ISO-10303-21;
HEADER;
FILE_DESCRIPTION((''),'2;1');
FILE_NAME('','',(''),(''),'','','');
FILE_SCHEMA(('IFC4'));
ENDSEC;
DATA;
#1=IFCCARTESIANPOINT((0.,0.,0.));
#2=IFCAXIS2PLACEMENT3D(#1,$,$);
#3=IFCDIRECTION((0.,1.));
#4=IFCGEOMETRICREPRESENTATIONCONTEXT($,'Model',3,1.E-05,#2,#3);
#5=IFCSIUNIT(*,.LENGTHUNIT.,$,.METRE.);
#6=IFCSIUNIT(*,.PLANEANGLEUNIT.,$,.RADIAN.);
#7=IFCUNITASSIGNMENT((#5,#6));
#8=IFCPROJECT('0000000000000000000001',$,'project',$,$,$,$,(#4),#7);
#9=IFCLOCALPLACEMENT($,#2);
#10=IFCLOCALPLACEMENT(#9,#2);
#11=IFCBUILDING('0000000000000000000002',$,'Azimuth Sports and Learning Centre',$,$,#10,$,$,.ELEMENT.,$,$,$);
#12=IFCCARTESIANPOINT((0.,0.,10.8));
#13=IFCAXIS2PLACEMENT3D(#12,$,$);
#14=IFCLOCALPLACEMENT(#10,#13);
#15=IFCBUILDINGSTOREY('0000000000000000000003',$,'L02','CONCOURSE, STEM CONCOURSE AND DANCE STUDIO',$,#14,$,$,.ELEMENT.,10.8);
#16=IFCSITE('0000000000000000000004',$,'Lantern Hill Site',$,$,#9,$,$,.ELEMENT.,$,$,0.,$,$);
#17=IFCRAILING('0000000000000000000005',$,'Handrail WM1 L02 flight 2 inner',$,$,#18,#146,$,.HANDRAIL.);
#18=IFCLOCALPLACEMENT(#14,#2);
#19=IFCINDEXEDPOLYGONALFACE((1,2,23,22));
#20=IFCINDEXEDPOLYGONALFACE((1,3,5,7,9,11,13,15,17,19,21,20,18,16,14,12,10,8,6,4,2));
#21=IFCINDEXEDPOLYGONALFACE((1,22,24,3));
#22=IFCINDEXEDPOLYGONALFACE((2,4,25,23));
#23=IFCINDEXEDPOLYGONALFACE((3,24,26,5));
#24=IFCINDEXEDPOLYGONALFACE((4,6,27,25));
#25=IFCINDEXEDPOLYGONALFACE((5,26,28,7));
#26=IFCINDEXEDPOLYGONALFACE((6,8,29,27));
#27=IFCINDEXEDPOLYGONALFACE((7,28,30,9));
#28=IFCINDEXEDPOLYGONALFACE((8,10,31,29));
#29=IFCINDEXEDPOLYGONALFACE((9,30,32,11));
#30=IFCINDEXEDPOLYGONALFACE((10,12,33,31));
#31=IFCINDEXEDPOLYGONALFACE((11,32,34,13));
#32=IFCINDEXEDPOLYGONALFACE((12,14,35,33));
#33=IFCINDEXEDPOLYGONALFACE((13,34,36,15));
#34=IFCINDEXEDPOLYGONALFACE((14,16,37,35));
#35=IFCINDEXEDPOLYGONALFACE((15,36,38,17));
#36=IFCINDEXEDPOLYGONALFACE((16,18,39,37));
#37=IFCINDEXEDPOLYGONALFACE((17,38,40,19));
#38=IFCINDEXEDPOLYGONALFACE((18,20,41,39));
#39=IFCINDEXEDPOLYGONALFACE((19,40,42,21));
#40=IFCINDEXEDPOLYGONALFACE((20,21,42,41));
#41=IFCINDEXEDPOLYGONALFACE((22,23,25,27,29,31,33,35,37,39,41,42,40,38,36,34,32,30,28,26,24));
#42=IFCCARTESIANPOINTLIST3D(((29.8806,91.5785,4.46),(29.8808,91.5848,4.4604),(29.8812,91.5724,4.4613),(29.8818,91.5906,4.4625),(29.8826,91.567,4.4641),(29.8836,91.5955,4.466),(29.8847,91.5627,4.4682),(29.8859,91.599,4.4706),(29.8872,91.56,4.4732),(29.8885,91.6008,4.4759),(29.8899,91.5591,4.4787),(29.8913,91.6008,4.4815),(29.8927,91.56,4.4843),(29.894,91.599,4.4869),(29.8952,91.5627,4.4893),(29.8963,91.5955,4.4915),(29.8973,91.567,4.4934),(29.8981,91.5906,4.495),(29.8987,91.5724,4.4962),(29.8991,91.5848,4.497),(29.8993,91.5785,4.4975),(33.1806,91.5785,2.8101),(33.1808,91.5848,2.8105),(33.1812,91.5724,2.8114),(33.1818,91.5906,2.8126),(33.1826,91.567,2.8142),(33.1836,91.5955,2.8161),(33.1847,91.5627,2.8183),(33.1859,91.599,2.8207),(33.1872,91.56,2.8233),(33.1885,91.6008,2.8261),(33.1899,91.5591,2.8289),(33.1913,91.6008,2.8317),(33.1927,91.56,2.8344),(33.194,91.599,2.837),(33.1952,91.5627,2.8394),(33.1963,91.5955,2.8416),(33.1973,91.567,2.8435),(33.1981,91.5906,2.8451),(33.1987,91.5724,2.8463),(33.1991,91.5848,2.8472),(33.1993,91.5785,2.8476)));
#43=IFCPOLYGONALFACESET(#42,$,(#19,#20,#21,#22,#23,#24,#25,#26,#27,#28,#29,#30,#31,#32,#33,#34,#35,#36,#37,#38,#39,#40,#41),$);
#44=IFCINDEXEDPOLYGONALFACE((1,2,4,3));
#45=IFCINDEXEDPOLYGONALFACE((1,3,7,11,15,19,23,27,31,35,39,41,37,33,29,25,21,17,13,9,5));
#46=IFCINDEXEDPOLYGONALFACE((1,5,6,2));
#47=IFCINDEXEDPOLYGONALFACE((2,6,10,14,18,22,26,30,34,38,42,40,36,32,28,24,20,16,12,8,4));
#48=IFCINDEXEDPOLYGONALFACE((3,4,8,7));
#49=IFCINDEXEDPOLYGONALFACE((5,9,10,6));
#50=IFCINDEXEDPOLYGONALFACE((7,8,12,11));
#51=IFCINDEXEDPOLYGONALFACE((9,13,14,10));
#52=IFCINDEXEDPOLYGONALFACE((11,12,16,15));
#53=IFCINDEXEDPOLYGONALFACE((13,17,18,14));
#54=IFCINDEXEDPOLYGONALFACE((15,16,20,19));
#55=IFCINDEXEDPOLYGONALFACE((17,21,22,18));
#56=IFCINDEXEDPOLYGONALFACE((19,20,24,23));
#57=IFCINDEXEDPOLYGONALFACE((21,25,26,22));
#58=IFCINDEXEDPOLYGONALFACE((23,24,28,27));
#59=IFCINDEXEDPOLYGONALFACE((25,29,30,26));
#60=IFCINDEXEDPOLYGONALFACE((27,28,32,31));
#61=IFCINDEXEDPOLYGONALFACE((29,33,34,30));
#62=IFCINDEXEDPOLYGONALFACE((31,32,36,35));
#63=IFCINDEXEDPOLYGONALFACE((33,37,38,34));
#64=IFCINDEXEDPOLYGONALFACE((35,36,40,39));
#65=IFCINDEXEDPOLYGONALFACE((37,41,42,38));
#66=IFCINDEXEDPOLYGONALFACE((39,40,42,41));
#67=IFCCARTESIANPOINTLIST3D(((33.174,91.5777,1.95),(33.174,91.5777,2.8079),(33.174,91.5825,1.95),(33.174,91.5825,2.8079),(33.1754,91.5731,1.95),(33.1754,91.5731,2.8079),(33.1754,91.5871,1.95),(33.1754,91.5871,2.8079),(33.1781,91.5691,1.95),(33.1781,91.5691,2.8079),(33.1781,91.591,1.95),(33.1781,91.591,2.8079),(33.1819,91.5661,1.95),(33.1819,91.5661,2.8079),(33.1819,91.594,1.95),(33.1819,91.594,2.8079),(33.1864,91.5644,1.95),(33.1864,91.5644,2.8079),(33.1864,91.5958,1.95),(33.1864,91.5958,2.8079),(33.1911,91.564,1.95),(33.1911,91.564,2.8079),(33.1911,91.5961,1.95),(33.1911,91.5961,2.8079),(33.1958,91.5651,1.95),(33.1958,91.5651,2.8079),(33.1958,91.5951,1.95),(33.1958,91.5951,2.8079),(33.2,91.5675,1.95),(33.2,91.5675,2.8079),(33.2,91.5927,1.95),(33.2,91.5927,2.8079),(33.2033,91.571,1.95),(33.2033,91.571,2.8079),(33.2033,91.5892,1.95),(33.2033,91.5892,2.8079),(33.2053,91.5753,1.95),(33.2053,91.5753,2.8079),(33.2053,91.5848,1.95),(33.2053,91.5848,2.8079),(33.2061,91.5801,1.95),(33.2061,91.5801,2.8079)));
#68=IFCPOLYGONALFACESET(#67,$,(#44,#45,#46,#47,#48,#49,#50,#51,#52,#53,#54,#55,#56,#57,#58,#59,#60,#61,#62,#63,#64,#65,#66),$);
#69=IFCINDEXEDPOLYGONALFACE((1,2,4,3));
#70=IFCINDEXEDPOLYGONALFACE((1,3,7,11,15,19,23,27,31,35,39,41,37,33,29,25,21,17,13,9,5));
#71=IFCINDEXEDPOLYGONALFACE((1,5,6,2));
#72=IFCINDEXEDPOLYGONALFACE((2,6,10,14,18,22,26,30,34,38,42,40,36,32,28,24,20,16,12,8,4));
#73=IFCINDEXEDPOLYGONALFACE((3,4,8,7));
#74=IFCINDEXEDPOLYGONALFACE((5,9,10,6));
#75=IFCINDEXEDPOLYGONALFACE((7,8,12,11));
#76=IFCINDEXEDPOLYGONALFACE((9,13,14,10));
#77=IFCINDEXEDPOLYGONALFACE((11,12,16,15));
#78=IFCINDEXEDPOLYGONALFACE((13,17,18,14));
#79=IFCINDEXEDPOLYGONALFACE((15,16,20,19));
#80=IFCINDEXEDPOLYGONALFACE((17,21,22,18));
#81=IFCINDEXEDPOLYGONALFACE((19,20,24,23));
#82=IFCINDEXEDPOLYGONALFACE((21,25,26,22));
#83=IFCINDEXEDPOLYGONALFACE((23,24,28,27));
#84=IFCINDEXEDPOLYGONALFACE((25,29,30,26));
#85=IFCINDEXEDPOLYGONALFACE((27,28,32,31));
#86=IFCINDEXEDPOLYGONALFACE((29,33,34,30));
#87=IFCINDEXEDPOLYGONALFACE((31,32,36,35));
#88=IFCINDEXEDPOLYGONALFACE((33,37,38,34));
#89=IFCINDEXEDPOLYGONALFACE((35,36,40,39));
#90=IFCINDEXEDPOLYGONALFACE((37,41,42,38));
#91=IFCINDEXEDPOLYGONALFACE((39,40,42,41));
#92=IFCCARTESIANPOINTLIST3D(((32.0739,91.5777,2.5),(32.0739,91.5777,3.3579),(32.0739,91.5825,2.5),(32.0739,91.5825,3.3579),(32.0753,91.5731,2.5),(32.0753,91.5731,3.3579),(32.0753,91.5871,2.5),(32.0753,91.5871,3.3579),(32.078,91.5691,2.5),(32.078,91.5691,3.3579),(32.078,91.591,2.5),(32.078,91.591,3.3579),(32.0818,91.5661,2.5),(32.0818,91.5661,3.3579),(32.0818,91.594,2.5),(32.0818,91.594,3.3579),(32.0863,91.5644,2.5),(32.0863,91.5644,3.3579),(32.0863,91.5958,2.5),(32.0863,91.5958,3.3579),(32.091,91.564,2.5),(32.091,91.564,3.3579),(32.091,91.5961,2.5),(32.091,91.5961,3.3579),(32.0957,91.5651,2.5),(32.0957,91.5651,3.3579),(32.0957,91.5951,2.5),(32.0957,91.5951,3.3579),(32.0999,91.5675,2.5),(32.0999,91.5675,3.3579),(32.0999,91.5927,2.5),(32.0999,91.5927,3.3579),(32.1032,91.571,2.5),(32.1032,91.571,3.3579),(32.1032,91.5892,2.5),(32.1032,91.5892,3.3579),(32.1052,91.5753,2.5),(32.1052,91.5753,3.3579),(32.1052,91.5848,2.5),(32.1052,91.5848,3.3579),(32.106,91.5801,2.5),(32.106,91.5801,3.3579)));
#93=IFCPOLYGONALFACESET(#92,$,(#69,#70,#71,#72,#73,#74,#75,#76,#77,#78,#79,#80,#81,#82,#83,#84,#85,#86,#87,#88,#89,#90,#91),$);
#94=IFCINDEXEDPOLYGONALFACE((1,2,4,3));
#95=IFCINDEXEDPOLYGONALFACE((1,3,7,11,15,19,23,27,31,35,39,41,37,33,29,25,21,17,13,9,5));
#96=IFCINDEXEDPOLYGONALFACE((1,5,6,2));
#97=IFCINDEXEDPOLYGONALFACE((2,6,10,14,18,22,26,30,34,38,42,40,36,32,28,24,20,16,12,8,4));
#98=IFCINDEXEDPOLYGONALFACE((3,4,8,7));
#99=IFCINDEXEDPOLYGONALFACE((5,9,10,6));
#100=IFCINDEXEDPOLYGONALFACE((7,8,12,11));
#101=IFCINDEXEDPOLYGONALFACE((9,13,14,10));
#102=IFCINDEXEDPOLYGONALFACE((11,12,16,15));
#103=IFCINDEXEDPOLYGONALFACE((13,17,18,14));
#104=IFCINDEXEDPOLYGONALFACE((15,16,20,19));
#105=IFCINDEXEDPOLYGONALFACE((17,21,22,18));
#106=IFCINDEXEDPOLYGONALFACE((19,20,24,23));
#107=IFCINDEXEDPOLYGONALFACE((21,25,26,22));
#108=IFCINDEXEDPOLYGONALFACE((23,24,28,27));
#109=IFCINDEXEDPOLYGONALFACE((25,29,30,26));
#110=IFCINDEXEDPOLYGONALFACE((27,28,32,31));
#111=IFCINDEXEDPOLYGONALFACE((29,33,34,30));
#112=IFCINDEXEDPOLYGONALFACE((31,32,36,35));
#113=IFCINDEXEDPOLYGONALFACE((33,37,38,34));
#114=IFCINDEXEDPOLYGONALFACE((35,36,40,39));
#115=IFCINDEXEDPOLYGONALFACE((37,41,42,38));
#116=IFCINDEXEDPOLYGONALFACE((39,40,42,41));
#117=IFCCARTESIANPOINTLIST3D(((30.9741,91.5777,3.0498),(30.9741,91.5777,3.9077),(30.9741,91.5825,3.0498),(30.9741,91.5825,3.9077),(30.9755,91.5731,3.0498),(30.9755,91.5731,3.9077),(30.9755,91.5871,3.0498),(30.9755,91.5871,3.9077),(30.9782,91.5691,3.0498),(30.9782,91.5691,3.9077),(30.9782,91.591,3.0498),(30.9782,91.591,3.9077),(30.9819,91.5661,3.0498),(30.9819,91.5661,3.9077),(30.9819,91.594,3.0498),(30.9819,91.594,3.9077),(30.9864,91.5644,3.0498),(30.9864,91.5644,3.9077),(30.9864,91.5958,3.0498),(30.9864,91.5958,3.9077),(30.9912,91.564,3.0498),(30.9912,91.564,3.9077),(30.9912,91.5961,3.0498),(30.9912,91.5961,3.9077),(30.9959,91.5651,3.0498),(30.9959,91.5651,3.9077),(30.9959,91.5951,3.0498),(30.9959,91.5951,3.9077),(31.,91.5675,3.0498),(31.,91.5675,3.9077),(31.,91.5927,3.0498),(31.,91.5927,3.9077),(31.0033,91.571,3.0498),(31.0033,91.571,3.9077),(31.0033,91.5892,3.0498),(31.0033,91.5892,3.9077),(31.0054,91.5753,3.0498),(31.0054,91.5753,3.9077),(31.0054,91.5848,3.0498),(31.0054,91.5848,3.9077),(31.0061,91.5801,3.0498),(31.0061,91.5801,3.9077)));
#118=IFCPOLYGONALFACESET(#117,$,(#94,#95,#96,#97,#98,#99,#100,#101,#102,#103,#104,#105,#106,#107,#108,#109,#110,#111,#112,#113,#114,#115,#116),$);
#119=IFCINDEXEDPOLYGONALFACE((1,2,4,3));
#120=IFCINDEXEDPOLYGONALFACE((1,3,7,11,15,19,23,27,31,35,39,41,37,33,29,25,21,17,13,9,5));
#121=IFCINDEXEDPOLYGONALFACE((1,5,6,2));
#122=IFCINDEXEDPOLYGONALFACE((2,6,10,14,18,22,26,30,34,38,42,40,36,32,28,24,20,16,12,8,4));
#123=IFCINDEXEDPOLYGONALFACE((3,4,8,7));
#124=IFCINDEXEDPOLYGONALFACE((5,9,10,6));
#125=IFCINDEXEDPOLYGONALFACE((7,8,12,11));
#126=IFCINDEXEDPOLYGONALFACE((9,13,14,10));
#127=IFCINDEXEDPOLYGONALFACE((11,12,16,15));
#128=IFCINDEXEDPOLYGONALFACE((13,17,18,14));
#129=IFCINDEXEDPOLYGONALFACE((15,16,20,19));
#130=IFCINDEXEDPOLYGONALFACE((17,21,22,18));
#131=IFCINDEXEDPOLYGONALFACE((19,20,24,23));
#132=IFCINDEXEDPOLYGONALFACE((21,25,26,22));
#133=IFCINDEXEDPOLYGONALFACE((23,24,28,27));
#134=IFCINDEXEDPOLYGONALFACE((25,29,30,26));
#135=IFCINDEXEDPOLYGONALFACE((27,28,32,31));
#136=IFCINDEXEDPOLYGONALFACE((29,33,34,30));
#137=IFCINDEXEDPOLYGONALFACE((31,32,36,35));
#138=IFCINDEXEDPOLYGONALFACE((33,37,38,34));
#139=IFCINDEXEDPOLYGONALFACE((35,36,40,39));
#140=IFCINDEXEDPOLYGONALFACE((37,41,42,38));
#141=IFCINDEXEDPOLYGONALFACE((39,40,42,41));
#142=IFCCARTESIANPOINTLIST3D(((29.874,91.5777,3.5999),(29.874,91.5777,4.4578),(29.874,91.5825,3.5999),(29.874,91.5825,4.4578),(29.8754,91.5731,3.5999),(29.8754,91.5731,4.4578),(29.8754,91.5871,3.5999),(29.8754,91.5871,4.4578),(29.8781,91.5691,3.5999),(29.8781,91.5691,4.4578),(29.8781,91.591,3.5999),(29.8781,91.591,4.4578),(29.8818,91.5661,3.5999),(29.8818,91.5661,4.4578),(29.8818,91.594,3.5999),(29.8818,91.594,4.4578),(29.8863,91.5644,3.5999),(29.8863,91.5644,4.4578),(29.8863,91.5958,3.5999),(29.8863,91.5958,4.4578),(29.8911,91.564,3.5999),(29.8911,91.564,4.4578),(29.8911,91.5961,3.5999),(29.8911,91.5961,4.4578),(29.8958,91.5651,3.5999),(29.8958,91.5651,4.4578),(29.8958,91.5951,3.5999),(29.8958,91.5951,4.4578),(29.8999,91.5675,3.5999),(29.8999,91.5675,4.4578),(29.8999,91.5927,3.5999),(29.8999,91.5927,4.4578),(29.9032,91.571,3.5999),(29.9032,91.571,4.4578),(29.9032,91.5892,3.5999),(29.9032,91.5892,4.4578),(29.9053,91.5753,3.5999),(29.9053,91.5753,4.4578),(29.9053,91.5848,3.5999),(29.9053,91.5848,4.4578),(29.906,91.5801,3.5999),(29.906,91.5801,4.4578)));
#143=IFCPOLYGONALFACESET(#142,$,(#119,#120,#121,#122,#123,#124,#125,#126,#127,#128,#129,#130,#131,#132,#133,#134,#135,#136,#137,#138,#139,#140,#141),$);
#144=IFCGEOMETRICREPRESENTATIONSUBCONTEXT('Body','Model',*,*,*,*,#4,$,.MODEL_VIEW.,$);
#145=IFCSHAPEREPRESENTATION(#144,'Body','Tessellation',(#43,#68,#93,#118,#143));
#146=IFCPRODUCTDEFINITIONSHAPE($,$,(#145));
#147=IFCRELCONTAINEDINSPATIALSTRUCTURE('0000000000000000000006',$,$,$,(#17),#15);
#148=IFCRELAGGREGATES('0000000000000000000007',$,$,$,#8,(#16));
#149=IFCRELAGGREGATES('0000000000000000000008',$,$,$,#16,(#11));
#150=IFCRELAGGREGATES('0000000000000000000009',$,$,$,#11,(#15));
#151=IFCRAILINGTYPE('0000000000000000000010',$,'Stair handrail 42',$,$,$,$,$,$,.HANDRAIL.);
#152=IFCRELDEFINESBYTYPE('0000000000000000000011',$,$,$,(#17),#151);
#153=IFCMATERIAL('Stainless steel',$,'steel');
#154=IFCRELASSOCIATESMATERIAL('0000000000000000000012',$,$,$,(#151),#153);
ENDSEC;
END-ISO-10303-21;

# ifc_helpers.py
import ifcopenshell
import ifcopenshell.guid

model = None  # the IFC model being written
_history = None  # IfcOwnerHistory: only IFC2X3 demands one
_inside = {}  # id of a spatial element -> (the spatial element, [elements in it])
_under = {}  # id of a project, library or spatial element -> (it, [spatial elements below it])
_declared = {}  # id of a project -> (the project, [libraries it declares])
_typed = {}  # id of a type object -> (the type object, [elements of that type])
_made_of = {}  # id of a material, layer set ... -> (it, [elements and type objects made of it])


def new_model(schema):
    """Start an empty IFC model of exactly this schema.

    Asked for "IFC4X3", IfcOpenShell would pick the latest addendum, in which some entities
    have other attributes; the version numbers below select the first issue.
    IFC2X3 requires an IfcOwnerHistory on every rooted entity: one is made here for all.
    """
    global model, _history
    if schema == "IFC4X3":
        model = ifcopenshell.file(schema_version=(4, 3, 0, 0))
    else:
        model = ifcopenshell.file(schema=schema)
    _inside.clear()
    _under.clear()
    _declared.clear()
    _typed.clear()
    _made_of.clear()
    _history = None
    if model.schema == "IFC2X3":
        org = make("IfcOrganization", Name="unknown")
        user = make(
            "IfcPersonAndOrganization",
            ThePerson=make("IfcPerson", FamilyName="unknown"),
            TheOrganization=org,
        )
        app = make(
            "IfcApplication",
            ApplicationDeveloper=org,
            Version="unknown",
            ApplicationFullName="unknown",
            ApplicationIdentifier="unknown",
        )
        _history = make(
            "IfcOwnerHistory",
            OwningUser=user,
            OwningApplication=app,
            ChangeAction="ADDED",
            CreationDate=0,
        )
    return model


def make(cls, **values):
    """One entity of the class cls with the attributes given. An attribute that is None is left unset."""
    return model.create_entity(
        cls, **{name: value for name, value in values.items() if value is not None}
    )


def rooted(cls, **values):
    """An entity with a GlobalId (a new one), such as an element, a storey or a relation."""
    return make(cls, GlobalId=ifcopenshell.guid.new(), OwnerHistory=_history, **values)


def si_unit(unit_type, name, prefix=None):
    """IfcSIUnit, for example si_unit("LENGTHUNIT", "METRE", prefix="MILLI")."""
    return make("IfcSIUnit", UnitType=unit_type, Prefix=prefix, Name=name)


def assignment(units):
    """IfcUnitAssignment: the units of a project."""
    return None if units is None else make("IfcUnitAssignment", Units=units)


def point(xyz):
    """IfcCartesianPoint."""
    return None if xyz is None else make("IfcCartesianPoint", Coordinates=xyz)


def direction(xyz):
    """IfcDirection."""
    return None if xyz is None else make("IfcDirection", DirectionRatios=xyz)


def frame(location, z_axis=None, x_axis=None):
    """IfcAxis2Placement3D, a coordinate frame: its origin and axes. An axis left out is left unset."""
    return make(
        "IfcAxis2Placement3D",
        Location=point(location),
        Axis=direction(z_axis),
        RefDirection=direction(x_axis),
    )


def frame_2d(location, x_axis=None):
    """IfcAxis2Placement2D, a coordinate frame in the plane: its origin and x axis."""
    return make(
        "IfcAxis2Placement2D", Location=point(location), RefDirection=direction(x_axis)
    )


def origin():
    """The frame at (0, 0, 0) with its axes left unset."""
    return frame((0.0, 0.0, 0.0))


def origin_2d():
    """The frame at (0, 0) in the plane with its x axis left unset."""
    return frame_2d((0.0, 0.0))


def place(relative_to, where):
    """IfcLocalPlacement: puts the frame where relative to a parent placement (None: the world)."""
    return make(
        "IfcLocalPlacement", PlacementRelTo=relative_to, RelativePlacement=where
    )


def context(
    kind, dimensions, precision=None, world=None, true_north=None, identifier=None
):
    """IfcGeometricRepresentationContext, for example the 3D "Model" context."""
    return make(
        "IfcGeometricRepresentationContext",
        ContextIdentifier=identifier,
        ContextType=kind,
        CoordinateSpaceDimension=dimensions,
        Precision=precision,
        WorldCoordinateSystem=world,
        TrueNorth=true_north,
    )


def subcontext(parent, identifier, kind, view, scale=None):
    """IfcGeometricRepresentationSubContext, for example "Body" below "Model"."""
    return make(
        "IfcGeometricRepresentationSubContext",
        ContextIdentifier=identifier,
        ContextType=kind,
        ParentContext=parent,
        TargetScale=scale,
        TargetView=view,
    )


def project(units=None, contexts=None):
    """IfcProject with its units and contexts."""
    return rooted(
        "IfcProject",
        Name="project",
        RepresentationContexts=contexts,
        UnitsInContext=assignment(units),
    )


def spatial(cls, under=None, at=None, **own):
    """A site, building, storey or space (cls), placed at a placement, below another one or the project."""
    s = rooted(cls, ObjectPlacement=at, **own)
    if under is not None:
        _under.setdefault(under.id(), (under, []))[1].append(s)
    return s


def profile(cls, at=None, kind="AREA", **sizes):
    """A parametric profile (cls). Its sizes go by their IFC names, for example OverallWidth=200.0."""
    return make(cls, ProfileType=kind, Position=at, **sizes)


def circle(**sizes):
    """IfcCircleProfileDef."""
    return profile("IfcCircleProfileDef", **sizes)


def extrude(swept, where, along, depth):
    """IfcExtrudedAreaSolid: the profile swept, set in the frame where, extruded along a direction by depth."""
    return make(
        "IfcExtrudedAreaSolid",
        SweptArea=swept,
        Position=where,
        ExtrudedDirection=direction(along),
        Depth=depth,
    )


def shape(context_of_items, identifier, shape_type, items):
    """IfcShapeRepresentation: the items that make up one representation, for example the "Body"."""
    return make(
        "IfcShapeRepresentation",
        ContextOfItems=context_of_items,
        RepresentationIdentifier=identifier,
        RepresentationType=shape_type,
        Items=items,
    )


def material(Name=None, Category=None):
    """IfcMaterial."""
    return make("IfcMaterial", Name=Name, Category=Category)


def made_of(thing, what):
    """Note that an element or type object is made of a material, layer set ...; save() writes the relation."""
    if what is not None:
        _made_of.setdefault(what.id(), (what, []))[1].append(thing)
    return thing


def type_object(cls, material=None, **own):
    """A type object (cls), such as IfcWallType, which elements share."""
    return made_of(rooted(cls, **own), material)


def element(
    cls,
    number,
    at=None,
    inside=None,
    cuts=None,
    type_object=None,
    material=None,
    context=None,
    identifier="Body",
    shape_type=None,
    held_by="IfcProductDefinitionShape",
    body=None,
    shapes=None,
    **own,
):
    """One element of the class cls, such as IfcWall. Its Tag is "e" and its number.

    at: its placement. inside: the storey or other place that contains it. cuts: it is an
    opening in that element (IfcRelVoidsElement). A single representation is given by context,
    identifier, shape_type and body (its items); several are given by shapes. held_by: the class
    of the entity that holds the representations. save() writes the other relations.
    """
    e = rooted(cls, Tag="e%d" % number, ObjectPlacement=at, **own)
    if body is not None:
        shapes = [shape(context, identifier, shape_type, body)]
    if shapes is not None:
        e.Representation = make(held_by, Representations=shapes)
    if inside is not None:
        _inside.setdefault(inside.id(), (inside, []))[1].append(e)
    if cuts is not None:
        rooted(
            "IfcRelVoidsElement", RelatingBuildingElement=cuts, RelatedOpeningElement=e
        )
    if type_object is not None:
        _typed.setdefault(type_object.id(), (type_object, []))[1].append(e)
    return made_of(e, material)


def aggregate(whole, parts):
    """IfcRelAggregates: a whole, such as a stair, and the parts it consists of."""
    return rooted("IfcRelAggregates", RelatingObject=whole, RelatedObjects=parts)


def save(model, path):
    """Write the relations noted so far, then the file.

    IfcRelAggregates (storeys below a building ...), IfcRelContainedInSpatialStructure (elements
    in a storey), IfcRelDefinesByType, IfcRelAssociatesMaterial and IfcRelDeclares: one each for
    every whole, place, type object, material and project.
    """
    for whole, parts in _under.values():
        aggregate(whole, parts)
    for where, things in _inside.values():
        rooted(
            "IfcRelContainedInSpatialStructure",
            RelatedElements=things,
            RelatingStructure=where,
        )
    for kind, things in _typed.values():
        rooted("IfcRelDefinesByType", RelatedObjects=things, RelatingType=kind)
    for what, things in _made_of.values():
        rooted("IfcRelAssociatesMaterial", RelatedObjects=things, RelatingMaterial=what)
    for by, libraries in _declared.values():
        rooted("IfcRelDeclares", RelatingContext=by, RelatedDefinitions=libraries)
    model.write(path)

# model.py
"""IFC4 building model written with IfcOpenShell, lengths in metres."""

from ifc_helpers import new_model, si_unit, direction, frame, origin, origin_2d, place, context, subcontext, project, spatial, circle, extrude, material, type_object, element, save


model = new_model("IFC4")

# Units and contexts
model_context = context("Model", 3, precision=1e-05, world=origin(), true_north=direction((0.0, 1.0)))
body_context = subcontext(model_context, "Body", "Model", "MODEL_VIEW")
ifc_project = project(units=[si_unit("LENGTHUNIT", "METRE"), si_unit("PLANEANGLEUNIT", "RADIAN")], contexts=[model_context])

# Site, building, storey
site_placement = place(None, origin())
site = spatial("IfcSite", under=ifc_project, at=site_placement, Name="Lantern Hill Site", CompositionType="ELEMENT", RefElevation=0.0)
building_placement = place(site_placement, origin())
building = spatial("IfcBuilding", under=site, at=building_placement, Name="Azimuth Sports and Learning Centre", CompositionType="ELEMENT")
storey_placement = place(building_placement, frame((0.0, 0.0, 10.8)))
storey = spatial("IfcBuildingStorey", under=building, at=storey_placement, Name="L02", Description="CONCOURSE, STEM CONCOURSE AND DANCE STUDIO", CompositionType="ELEMENT", Elevation=10.8)

# Railing
ifc_material_1 = material(Name="Stainless steel", Category="steel")
railing_type_1 = type_object("IfcRailingType", Name="Stair handrail 42", PredefinedType="HANDRAIL", material=ifc_material_1)
for number, where, name in (
    (1, (33.1899, 91.5801, 1.95), "Handrail WM1 L02 flight 2 inner"),
):
    element("IfcRailing", number, at=place(storey_placement, frame(where)), inside=storey, type_object=railing_type_1, Name=name, PredefinedType="HANDRAIL", context=body_context, shape_type="SweptSolid", body=[
        extrude(circle(Radius=0.021, at=origin_2d()), frame((0.0, 0.0, 0.8789), z_axis=(-0.89444, 0.0, 0.447187), x_axis=(0.0, -1.0, 0.0)), (0.0, 0.0, 1.0), 3.6895),
        extrude(circle(Radius=0.0161, at=origin_2d()), origin(), (0.0, 0.0, 1.0), 0.8579),
        extrude(circle(Radius=0.0161, at=origin_2d()), frame((-1.1001, 0.0, 0.55)), (0.0, 0.0, 1.0), 0.8579),
        extrude(circle(Radius=0.0161, at=origin_2d()), frame((-2.2, 0.0, 1.0999)), (0.0, 0.0, 1.0), 0.8579),
        extrude(circle(Radius=0.0161, at=origin_2d()), frame((-3.3, 0.0, 1.6499)), (0.0, 0.0, 1.0), 0.8579),
    ])

save(model, "model.ifc")
